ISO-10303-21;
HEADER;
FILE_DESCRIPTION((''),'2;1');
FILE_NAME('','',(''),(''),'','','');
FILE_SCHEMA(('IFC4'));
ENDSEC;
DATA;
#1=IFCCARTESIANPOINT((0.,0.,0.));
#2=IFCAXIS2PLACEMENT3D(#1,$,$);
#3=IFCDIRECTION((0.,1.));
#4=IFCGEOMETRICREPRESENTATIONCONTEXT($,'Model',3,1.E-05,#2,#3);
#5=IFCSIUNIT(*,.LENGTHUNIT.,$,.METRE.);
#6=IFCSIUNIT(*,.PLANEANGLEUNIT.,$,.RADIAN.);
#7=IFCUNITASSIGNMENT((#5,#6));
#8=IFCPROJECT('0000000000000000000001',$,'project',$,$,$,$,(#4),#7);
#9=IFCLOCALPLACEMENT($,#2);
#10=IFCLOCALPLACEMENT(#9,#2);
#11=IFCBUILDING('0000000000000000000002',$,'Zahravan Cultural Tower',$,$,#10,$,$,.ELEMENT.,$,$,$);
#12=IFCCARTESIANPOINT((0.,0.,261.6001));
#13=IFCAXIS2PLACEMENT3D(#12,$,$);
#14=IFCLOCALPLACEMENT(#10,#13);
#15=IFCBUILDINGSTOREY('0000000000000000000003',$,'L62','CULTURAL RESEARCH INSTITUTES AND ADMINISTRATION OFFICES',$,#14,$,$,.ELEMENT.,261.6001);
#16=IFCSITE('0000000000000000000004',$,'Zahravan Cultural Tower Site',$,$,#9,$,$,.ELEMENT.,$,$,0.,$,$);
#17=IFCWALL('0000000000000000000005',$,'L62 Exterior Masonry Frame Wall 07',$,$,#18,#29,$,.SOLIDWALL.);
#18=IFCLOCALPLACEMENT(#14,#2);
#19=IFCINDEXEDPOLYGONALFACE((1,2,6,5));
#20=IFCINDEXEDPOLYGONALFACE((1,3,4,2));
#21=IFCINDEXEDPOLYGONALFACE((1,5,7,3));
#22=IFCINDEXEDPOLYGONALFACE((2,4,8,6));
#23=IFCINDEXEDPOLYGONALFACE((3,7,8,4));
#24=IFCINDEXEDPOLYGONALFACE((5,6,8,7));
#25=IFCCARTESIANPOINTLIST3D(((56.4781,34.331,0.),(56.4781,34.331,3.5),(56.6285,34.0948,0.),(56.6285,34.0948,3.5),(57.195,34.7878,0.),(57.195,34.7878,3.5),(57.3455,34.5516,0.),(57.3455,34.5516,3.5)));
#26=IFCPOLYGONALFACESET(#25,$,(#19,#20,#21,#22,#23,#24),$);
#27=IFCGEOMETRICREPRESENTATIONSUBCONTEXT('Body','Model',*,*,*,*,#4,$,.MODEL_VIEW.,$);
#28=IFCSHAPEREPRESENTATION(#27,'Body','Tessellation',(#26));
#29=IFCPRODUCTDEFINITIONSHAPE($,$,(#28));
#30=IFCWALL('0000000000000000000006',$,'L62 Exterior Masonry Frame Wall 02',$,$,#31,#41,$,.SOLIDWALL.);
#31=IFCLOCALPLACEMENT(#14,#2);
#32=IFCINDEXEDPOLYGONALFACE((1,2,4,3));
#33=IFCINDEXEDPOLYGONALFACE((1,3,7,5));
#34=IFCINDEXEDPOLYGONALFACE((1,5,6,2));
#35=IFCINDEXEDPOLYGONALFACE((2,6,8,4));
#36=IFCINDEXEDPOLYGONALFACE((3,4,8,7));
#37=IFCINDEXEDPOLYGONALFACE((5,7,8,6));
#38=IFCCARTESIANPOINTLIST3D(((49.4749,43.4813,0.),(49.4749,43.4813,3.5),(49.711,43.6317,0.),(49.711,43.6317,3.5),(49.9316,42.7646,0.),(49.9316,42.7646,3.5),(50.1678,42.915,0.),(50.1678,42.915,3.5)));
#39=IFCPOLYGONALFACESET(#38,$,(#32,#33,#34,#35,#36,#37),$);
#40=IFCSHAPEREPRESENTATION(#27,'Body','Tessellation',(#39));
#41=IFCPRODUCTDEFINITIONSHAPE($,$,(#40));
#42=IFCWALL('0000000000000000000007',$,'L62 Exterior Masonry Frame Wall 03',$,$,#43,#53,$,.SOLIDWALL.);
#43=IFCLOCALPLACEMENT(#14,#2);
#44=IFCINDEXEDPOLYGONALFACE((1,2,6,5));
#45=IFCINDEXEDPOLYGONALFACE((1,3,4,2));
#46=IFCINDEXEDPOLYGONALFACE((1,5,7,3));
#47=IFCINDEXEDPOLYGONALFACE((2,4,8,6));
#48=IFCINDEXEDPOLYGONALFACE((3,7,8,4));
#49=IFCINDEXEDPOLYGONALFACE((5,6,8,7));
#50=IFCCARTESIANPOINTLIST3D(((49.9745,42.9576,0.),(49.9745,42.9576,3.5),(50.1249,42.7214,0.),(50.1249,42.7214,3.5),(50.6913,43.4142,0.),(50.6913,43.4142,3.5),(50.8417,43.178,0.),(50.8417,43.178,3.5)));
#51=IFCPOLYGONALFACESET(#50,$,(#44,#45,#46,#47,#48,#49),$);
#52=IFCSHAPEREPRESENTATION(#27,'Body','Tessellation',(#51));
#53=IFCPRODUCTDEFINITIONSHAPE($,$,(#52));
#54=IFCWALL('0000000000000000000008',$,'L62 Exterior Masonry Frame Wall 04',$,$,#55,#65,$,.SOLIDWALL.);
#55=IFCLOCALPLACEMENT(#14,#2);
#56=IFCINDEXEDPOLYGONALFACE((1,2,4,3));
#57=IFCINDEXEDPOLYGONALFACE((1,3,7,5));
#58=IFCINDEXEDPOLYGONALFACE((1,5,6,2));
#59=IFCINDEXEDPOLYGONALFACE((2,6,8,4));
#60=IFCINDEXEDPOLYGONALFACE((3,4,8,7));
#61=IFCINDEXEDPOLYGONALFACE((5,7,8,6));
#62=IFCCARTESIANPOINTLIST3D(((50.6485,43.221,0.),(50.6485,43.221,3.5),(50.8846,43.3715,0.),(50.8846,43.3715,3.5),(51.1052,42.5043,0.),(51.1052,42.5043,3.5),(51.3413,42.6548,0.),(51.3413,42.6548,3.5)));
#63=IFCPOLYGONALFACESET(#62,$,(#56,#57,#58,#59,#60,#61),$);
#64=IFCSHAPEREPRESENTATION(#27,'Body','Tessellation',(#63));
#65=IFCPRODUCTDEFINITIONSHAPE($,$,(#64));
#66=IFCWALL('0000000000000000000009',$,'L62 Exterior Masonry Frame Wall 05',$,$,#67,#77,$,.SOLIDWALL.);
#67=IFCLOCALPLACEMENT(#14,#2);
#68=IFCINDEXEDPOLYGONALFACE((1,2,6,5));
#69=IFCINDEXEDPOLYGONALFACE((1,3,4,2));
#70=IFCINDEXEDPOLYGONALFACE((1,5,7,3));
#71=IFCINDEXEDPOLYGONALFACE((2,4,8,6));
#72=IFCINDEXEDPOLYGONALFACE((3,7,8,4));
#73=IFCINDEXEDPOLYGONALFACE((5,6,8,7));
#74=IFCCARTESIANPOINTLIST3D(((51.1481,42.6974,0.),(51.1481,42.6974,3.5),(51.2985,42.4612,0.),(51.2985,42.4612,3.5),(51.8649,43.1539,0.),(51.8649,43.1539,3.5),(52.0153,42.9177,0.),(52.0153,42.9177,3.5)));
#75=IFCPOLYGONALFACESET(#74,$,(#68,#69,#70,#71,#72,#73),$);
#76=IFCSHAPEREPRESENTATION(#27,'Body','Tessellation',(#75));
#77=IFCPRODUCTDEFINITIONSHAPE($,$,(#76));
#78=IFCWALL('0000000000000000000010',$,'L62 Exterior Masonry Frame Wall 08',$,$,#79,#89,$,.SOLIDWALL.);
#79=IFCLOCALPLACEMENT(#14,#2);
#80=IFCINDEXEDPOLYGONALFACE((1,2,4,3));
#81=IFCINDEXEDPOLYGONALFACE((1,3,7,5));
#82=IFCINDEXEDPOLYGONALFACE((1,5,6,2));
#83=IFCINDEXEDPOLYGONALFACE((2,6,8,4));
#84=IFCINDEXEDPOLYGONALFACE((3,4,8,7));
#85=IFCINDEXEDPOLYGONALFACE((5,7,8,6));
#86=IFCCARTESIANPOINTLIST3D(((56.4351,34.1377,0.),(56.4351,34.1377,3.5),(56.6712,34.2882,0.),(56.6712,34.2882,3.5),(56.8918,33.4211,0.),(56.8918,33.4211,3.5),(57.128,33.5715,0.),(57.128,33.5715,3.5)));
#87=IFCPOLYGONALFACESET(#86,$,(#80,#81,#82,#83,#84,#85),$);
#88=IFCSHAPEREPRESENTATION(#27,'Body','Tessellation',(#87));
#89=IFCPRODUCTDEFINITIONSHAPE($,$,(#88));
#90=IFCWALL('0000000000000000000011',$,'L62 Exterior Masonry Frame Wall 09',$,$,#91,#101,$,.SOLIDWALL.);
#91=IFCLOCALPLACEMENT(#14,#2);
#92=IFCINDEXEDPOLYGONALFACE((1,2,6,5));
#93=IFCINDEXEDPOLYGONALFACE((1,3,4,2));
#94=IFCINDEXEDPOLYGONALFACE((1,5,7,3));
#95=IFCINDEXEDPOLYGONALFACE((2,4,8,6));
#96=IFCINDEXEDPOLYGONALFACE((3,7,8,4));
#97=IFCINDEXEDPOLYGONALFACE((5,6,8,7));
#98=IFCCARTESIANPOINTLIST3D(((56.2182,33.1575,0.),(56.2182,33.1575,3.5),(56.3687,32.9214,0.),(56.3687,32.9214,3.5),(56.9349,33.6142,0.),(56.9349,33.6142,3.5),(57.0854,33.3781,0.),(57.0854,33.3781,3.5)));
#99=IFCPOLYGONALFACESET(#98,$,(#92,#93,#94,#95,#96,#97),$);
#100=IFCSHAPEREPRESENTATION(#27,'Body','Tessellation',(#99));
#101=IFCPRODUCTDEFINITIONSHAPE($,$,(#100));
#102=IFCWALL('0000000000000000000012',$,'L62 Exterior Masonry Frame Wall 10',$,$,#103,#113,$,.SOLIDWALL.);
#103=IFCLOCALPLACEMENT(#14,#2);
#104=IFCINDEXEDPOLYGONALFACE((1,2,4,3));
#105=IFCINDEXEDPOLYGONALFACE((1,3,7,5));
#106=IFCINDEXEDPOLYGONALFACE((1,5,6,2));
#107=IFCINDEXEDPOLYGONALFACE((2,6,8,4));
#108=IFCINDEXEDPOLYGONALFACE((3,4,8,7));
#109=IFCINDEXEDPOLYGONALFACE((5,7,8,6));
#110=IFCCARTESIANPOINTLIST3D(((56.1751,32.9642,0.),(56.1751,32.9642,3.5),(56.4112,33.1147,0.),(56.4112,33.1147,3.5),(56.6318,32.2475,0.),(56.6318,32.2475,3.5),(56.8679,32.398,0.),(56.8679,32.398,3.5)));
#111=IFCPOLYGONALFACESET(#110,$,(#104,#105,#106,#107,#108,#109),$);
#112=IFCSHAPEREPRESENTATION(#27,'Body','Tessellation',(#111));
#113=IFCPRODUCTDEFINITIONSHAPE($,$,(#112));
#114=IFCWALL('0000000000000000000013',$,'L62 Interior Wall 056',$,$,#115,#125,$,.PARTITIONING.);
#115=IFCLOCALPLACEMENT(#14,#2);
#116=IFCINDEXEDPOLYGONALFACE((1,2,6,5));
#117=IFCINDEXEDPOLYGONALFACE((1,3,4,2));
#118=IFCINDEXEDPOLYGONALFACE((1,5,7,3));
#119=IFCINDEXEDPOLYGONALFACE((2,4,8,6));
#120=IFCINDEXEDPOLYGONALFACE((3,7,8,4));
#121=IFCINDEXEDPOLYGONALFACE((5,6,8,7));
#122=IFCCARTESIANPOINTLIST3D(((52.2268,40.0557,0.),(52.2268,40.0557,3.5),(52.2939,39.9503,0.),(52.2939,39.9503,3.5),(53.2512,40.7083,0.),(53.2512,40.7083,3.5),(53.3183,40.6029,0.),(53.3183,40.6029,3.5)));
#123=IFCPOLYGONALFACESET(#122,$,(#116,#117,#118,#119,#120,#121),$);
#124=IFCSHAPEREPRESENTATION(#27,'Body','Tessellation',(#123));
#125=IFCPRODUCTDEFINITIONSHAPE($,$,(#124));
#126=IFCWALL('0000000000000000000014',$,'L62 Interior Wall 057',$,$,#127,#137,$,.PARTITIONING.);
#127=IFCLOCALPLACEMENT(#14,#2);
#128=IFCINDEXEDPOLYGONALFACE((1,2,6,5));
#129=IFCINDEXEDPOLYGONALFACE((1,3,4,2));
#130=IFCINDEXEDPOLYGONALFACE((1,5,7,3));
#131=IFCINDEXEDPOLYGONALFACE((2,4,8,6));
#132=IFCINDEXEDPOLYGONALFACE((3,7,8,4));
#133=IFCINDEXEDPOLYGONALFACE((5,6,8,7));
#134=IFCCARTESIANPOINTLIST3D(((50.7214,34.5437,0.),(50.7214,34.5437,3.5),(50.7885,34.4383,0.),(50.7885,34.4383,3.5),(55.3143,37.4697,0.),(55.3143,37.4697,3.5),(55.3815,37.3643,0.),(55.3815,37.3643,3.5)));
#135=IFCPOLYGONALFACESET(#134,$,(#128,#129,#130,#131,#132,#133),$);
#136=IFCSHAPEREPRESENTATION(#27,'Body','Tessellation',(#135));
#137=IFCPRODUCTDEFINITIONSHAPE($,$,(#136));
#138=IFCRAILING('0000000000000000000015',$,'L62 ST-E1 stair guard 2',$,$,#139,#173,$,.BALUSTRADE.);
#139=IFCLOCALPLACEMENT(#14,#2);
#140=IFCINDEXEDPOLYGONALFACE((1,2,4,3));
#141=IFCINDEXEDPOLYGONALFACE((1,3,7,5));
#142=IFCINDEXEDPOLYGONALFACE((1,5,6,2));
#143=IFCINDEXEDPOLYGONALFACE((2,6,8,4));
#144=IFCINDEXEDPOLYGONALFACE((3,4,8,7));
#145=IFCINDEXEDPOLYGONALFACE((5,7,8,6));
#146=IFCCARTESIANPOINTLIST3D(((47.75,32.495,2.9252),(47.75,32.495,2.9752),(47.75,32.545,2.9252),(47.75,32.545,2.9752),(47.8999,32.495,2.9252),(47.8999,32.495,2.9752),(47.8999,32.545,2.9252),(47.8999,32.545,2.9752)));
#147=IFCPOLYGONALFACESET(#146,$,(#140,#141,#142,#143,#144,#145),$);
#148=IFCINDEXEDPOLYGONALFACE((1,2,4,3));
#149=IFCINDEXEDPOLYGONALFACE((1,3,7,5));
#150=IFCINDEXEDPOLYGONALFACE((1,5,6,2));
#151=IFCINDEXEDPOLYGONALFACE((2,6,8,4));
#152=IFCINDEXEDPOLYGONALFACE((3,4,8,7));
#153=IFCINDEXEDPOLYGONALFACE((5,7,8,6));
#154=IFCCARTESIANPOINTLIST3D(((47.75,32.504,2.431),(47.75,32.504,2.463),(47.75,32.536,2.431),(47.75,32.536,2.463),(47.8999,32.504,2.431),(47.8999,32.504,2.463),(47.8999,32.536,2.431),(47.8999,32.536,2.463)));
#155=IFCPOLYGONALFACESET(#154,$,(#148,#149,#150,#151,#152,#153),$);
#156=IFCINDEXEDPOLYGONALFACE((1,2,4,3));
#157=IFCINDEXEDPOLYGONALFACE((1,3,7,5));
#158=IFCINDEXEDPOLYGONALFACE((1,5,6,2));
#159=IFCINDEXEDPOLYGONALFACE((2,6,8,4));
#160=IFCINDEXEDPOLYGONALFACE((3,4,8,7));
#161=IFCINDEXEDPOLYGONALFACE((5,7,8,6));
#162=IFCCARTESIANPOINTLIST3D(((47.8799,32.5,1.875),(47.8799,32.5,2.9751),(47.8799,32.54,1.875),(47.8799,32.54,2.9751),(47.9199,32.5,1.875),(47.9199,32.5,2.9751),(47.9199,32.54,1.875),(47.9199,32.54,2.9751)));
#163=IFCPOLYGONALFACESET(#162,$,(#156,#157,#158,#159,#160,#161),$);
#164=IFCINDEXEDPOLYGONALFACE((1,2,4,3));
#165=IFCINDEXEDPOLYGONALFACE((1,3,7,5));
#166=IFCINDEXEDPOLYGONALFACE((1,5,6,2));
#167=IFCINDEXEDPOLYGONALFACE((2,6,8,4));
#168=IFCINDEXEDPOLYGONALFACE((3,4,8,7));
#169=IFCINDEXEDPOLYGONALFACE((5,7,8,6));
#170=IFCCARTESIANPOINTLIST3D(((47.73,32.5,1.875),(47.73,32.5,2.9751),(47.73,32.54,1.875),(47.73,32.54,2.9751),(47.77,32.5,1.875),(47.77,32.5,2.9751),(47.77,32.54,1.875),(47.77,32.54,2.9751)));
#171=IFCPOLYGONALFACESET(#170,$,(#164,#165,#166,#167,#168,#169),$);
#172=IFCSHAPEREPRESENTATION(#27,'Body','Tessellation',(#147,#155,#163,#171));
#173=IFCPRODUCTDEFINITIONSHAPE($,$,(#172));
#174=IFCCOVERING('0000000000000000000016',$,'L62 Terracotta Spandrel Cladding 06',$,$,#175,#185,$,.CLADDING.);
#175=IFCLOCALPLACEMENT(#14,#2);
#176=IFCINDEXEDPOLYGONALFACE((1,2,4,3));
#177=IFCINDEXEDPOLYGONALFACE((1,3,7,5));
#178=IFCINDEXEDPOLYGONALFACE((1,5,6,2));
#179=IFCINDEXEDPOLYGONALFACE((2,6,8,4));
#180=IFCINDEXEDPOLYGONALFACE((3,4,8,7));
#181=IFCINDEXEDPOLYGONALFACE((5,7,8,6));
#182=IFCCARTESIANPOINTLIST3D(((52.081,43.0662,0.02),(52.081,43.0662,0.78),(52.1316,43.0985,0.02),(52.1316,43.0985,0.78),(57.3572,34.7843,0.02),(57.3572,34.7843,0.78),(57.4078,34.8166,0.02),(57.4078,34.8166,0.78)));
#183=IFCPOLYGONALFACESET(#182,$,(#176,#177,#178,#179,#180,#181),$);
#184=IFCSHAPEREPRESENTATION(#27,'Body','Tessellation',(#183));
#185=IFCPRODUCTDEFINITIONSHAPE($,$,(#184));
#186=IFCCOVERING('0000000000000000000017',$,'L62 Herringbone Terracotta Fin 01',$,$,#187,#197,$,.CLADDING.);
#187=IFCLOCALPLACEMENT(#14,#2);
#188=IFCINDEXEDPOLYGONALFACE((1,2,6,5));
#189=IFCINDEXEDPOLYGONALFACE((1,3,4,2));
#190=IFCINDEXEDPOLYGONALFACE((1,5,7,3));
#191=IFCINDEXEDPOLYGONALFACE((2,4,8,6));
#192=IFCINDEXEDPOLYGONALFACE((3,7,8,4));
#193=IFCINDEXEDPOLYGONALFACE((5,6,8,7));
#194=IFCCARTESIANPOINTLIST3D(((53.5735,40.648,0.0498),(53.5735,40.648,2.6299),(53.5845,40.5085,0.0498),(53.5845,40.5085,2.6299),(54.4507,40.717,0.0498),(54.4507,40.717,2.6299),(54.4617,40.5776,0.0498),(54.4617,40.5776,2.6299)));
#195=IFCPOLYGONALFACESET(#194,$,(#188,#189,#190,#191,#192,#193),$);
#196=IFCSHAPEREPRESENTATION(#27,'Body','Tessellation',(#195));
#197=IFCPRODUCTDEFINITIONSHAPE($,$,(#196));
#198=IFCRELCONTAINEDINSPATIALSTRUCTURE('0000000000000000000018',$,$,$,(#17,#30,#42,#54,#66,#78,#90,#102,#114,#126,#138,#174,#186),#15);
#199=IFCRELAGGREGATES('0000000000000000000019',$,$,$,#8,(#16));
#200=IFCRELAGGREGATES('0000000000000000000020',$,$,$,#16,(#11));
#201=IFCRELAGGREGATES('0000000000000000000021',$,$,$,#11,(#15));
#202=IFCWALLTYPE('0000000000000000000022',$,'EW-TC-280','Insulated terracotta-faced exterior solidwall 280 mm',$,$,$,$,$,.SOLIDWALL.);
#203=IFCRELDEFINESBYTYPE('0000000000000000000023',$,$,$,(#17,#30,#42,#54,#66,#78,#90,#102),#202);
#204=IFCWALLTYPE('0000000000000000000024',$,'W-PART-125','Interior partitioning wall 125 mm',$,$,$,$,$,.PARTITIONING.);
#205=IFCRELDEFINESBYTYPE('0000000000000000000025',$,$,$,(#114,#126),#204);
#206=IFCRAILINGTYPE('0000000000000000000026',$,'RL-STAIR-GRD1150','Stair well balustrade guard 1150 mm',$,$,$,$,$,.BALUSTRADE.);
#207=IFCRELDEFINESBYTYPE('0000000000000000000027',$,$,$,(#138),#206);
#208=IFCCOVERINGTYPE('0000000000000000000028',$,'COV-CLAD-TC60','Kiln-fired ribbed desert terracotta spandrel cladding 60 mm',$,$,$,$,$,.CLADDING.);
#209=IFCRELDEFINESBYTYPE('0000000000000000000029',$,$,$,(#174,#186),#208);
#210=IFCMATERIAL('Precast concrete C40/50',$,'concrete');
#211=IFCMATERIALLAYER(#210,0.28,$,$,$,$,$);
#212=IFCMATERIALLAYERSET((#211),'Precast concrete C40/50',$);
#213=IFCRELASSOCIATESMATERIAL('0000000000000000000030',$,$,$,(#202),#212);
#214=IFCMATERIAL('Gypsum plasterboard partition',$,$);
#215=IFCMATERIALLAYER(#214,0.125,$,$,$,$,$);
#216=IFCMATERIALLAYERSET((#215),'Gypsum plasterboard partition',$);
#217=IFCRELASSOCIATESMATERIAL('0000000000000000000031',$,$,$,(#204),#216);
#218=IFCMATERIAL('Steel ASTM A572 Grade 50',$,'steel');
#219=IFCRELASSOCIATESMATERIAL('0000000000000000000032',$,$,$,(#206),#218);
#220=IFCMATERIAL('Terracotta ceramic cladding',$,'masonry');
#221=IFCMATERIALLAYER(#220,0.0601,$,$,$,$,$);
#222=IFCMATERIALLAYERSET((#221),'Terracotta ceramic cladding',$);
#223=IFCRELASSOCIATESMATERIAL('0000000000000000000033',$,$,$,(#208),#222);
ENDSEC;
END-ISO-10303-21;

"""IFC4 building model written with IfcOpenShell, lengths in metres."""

from ifc_helpers import new_model, si_unit, direction, frame, frame_2d, origin, origin_2d, place, context, subcontext, project, spatial, rectangle, extrude, source, transform, mapped, material, layer, layer_set, type_object, element, save


model = new_model("IFC4")

# Units and contexts
model_context = context("Model", 3, precision=1e-05, world=origin(), true_north=direction((0.0, 1.0)))
body_context = subcontext(model_context, "Body", "Model", "MODEL_VIEW")
ifc_project = project(units=[si_unit("LENGTHUNIT", "METRE"), si_unit("PLANEANGLEUNIT", "RADIAN")], contexts=[model_context])

# Site, building, storey
site_placement = place(None, origin())
site = spatial("IfcSite", under=ifc_project, at=site_placement, Name="Zahravan Cultural Tower Site", CompositionType="ELEMENT", RefElevation=0.0)
building_placement = place(site_placement, origin())
building = spatial("IfcBuilding", under=site, at=building_placement, Name="Zahravan Cultural Tower", CompositionType="ELEMENT")
storey_placement = place(building_placement, frame((0.0, 0.0, 261.6001)))
storey = spatial("IfcBuildingStorey", under=building, at=storey_placement, Name="L62", Description="CULTURAL RESEARCH INSTITUTES AND ADMINISTRATION OFFICES", CompositionType="ELEMENT", Elevation=261.6001)

# Shared definitions
ifc_material_1 = material(Name="Precast concrete C40/50", Category="concrete")
ifc_layer_1 = layer(ifc_material_1, 0.28)
ifc_layer_set_1 = layer_set([ifc_layer_1], Name="Precast concrete C40/50")
wall_type_1 = type_object("IfcWallType", Name="EW-TC-280", Description="Insulated terracotta-faced exterior solidwall 280 mm", PredefinedType="SOLIDWALL", material=ifc_layer_set_1)

# Shared definitions
ifc_material_2 = material(Name="Gypsum plasterboard partition")
ifc_layer_2 = layer(ifc_material_2, 0.125)
ifc_layer_set_2 = layer_set([ifc_layer_2], Name="Gypsum plasterboard partition")
wall_type_2 = type_object("IfcWallType", Name="W-PART-125", Description="Interior partitioning wall 125 mm", PredefinedType="PARTITIONING", material=ifc_layer_set_2)

# Walls
shared_shape_1 = source(origin(), body_context, "Body", "SweptSolid", [
    extrude(rectangle(XDim=0.8501, YDim=0.28, at=frame_2d((0.425, 0.0))), origin(), (0.0, 0.0, 1.0), 3.5),
])
wall_1_placement = place(storey_placement, frame((57.2703, 34.6697, 0.0), z_axis=(0.0, 0.0, 1.0), x_axis=(-0.843401, -0.537284, 0.0)))
element("IfcWall", 1, at=wall_1_placement, inside=storey, type_object=wall_type_1, Name="L62 Exterior Masonry Frame Wall 07", PredefinedType="SOLIDWALL", context=body_context, shape_type="MappedRepresentation", body=[
    mapped(shared_shape_1, transform((0.0, 0.0, 0.0), x_axis=(1.0, 0.0, 0.0), y_axis=(0.0, 1.0, 0.0), z_axis=(0.0, 0.0, 1.0), scale=1.0)),
])
shared_shape_2 = source(origin(), body_context, "Body", "SweptSolid", [
    extrude(rectangle(XDim=0.8499, YDim=0.28, at=frame_2d((0.4248, 0.0))), origin(), (0.0, 0.0, 1.0), 3.5),
])
for number, where, z_axis, x_axis, name in (
    (2, (49.593, 43.5564, 0.0), (0.0, 0.0, 1.0), (0.537414, -0.843318, 0.0), "L62 Exterior Masonry Frame Wall 02"),
    (3, (50.0498, 42.8396, 0.0), (0.0, 0.0, 1.0), (0.843448, 0.53721, 0.0), "L62 Exterior Masonry Frame Wall 03"),
    (4, (50.7666, 43.2961, 0.0), (0.0, 0.0, 1.0), (0.537414, -0.843318, 0.0), "L62 Exterior Masonry Frame Wall 04"),
    (5, (51.2234, 42.5793, 0.0), (0.0, 0.0, 1.0), (0.843448, 0.53721, 0.0), "L62 Exterior Masonry Frame Wall 05"),
    (6, (56.5532, 34.2129, 0.0), (0.0, 0.0, 1.0), (0.537414, -0.843318, 0.0), "L62 Exterior Masonry Frame Wall 08"),
    (7, (57.01, 33.4961, 0.0), (0.0, 0.0, 1.0), (-0.843318, -0.537414, 0.0), "L62 Exterior Masonry Frame Wall 09"),
    (8, (56.2932, 33.0393, 0.0), (0.0, 0.0, 1.0), (0.537414, -0.843318, 0.0), "L62 Exterior Masonry Frame Wall 10"),
):
    element("IfcWall", number, at=place(storey_placement, frame(where, z_axis=z_axis, x_axis=x_axis)), inside=storey, type_object=wall_type_1, Name=name, PredefinedType="SOLIDWALL", context=body_context, shape_type="MappedRepresentation", body=[
        mapped(shared_shape_2, transform((0.0, 0.0, 0.0), x_axis=(1.0, 0.0, 0.0), y_axis=(0.0, 1.0, 0.0), z_axis=(0.0, 0.0, 1.0), scale=1.0)),
    ])
shared_shape_3 = source(origin(), body_context, "Body", "SweptSolid", [
    extrude(rectangle(XDim=1.2146, YDim=0.125, at=frame_2d((0.6074, 0.0))), origin(), (0.0, 0.0, 1.0), 3.5),
])
wall_2_placement = place(storey_placement, frame((52.2603, 40.0029, 0.0), z_axis=(0.0, 0.0, 1.0), x_axis=(0.843405, 0.537279, 0.0)))
element("IfcWall", 9, at=wall_2_placement, inside=storey, type_object=wall_type_2, Name="L62 Interior Wall 056", PredefinedType="PARTITIONING", context=body_context, shape_type="MappedRepresentation", body=[
    mapped(shared_shape_3, transform((0.0, 0.0, 0.0), x_axis=(1.0, 0.0, 0.0), y_axis=(0.0, 1.0, 0.0), z_axis=(0.0, 0.0, 1.0), scale=1.0)),
])
shared_shape_4 = source(origin(), body_context, "Body", "SweptSolid", [
    extrude(rectangle(XDim=5.4458, YDim=0.125, at=frame_2d((2.7229, 0.0))), origin(), (0.0, 0.0, 1.0), 3.5),
])
wall_3_placement = place(storey_placement, frame((55.3479, 37.417, 0.0), z_axis=(0.0, 0.0, 1.0), x_axis=(-0.843396, -0.537293, 0.0)))
element("IfcWall", 10, at=wall_3_placement, inside=storey, type_object=wall_type_2, Name="L62 Interior Wall 057", PredefinedType="PARTITIONING", context=body_context, shape_type="MappedRepresentation", body=[
    mapped(shared_shape_4, transform((0.0, 0.0, 0.0), x_axis=(1.0, 0.0, 0.0), y_axis=(0.0, 1.0, 0.0), z_axis=(0.0, 0.0, 1.0), scale=1.0)),
])

# Railing
ifc_material_3 = material(Name="Steel ASTM A572 Grade 50", Category="steel")
railing_type = type_object("IfcRailingType", Name="RL-STAIR-GRD1150", Description="Stair well balustrade guard 1150 mm", PredefinedType="BALUSTRADE", material=ifc_material_3)
railing_placement = place(storey_placement, frame((47.8999, 32.52, 1.875)))
element("IfcRailing", 11, at=railing_placement, inside=storey, type_object=railing_type, Name="L62 ST-E1 stair guard 2", PredefinedType="BALUSTRADE", context=body_context, shape_type="SweptSolid", body=[
    extrude(rectangle(XDim=0.05, YDim=0.05, at=origin_2d()), frame((0.0, 0.0, 1.0752), z_axis=(-1.0, 0.0, 0.0), x_axis=(0.0, -1.0, 0.0)), (0.0, 0.0, 1.0), 0.1499),
    extrude(rectangle(XDim=0.032, YDim=0.032, at=origin_2d()), frame((0.0, 0.0, 0.572), z_axis=(-1.0, 0.0, 0.0), x_axis=(0.0, -1.0, 0.0)), (0.0, 0.0, 1.0), 0.1499),
    extrude(rectangle(XDim=0.04, YDim=0.04, at=origin_2d()), origin(), (0.0, 0.0, 1.0), 1.1001),
    extrude(rectangle(XDim=0.04, YDim=0.04, at=origin_2d()), frame((-0.1499, 0.0, 0.0)), (0.0, 0.0, 1.0), 1.1001),
])

# Coverings
ifc_material_4 = material(Name="Terracotta ceramic cladding", Category="masonry")
ifc_layer_3 = layer(ifc_material_4, 0.0601)
ifc_layer_set_3 = layer_set([ifc_layer_3], Name="Terracotta ceramic cladding")
covering_type = type_object("IfcCoveringType", Name="COV-CLAD-TC60", Description="Kiln-fired ribbed desert terracotta spandrel cladding 60 mm", PredefinedType="CLADDING", material=ifc_layer_set_3)
shared_shape_5 = source(origin(), body_context, "Body", "SweptSolid", [
    extrude(rectangle(XDim=9.8198, YDim=0.0601, at=origin_2d()), origin(), (0.0, 0.0, 1.0), 0.76),
])
covering_placement = place(storey_placement, frame((54.7444, 38.9414, 0.02), z_axis=(0.0, 0.0, 1.0), x_axis=(0.5373, -0.843391, 0.0)))
element("IfcCovering", 12, at=covering_placement, inside=storey, type_object=covering_type, Name="L62 Terracotta Spandrel Cladding 06", PredefinedType="CLADDING", context=body_context, shape_type="MappedRepresentation", body=[
    mapped(shared_shape_5, transform((0.0, 0.0, 0.0), x_axis=(1.0, 0.0, 0.0), y_axis=(0.0, 1.0, 0.0), z_axis=(0.0, 0.0, 1.0), scale=1.0)),
])
shared_shape_6 = source(origin(), body_context, "Body", "SweptSolid", [
    extrude(rectangle(XDim=0.8799, YDim=0.1399, at=origin_2d()), origin(), (0.0, 0.0, 1.0), 2.5801),
])
for number, where, z_axis, x_axis, name in (
    (13, (54.0176, 40.6128, 0.0498), (0.0, 0.0, 1.0), (0.996917, 0.078459, 0.0), "L62 Herringbone Terracotta Fin 01"),
):
    element("IfcCovering", number, at=place(storey_placement, frame(where, z_axis=z_axis, x_axis=x_axis)), inside=storey, type_object=covering_type, Name=name, PredefinedType="CLADDING", context=body_context, shape_type="MappedRepresentation", body=[
        mapped(shared_shape_6, transform((0.0, 0.0, 0.0), x_axis=(1.0, 0.0, 0.0), y_axis=(0.0, 1.0, 0.0), z_axis=(0.0, 0.0, 1.0), scale=1.0)),
    ])

save(model, "model.ifc")
